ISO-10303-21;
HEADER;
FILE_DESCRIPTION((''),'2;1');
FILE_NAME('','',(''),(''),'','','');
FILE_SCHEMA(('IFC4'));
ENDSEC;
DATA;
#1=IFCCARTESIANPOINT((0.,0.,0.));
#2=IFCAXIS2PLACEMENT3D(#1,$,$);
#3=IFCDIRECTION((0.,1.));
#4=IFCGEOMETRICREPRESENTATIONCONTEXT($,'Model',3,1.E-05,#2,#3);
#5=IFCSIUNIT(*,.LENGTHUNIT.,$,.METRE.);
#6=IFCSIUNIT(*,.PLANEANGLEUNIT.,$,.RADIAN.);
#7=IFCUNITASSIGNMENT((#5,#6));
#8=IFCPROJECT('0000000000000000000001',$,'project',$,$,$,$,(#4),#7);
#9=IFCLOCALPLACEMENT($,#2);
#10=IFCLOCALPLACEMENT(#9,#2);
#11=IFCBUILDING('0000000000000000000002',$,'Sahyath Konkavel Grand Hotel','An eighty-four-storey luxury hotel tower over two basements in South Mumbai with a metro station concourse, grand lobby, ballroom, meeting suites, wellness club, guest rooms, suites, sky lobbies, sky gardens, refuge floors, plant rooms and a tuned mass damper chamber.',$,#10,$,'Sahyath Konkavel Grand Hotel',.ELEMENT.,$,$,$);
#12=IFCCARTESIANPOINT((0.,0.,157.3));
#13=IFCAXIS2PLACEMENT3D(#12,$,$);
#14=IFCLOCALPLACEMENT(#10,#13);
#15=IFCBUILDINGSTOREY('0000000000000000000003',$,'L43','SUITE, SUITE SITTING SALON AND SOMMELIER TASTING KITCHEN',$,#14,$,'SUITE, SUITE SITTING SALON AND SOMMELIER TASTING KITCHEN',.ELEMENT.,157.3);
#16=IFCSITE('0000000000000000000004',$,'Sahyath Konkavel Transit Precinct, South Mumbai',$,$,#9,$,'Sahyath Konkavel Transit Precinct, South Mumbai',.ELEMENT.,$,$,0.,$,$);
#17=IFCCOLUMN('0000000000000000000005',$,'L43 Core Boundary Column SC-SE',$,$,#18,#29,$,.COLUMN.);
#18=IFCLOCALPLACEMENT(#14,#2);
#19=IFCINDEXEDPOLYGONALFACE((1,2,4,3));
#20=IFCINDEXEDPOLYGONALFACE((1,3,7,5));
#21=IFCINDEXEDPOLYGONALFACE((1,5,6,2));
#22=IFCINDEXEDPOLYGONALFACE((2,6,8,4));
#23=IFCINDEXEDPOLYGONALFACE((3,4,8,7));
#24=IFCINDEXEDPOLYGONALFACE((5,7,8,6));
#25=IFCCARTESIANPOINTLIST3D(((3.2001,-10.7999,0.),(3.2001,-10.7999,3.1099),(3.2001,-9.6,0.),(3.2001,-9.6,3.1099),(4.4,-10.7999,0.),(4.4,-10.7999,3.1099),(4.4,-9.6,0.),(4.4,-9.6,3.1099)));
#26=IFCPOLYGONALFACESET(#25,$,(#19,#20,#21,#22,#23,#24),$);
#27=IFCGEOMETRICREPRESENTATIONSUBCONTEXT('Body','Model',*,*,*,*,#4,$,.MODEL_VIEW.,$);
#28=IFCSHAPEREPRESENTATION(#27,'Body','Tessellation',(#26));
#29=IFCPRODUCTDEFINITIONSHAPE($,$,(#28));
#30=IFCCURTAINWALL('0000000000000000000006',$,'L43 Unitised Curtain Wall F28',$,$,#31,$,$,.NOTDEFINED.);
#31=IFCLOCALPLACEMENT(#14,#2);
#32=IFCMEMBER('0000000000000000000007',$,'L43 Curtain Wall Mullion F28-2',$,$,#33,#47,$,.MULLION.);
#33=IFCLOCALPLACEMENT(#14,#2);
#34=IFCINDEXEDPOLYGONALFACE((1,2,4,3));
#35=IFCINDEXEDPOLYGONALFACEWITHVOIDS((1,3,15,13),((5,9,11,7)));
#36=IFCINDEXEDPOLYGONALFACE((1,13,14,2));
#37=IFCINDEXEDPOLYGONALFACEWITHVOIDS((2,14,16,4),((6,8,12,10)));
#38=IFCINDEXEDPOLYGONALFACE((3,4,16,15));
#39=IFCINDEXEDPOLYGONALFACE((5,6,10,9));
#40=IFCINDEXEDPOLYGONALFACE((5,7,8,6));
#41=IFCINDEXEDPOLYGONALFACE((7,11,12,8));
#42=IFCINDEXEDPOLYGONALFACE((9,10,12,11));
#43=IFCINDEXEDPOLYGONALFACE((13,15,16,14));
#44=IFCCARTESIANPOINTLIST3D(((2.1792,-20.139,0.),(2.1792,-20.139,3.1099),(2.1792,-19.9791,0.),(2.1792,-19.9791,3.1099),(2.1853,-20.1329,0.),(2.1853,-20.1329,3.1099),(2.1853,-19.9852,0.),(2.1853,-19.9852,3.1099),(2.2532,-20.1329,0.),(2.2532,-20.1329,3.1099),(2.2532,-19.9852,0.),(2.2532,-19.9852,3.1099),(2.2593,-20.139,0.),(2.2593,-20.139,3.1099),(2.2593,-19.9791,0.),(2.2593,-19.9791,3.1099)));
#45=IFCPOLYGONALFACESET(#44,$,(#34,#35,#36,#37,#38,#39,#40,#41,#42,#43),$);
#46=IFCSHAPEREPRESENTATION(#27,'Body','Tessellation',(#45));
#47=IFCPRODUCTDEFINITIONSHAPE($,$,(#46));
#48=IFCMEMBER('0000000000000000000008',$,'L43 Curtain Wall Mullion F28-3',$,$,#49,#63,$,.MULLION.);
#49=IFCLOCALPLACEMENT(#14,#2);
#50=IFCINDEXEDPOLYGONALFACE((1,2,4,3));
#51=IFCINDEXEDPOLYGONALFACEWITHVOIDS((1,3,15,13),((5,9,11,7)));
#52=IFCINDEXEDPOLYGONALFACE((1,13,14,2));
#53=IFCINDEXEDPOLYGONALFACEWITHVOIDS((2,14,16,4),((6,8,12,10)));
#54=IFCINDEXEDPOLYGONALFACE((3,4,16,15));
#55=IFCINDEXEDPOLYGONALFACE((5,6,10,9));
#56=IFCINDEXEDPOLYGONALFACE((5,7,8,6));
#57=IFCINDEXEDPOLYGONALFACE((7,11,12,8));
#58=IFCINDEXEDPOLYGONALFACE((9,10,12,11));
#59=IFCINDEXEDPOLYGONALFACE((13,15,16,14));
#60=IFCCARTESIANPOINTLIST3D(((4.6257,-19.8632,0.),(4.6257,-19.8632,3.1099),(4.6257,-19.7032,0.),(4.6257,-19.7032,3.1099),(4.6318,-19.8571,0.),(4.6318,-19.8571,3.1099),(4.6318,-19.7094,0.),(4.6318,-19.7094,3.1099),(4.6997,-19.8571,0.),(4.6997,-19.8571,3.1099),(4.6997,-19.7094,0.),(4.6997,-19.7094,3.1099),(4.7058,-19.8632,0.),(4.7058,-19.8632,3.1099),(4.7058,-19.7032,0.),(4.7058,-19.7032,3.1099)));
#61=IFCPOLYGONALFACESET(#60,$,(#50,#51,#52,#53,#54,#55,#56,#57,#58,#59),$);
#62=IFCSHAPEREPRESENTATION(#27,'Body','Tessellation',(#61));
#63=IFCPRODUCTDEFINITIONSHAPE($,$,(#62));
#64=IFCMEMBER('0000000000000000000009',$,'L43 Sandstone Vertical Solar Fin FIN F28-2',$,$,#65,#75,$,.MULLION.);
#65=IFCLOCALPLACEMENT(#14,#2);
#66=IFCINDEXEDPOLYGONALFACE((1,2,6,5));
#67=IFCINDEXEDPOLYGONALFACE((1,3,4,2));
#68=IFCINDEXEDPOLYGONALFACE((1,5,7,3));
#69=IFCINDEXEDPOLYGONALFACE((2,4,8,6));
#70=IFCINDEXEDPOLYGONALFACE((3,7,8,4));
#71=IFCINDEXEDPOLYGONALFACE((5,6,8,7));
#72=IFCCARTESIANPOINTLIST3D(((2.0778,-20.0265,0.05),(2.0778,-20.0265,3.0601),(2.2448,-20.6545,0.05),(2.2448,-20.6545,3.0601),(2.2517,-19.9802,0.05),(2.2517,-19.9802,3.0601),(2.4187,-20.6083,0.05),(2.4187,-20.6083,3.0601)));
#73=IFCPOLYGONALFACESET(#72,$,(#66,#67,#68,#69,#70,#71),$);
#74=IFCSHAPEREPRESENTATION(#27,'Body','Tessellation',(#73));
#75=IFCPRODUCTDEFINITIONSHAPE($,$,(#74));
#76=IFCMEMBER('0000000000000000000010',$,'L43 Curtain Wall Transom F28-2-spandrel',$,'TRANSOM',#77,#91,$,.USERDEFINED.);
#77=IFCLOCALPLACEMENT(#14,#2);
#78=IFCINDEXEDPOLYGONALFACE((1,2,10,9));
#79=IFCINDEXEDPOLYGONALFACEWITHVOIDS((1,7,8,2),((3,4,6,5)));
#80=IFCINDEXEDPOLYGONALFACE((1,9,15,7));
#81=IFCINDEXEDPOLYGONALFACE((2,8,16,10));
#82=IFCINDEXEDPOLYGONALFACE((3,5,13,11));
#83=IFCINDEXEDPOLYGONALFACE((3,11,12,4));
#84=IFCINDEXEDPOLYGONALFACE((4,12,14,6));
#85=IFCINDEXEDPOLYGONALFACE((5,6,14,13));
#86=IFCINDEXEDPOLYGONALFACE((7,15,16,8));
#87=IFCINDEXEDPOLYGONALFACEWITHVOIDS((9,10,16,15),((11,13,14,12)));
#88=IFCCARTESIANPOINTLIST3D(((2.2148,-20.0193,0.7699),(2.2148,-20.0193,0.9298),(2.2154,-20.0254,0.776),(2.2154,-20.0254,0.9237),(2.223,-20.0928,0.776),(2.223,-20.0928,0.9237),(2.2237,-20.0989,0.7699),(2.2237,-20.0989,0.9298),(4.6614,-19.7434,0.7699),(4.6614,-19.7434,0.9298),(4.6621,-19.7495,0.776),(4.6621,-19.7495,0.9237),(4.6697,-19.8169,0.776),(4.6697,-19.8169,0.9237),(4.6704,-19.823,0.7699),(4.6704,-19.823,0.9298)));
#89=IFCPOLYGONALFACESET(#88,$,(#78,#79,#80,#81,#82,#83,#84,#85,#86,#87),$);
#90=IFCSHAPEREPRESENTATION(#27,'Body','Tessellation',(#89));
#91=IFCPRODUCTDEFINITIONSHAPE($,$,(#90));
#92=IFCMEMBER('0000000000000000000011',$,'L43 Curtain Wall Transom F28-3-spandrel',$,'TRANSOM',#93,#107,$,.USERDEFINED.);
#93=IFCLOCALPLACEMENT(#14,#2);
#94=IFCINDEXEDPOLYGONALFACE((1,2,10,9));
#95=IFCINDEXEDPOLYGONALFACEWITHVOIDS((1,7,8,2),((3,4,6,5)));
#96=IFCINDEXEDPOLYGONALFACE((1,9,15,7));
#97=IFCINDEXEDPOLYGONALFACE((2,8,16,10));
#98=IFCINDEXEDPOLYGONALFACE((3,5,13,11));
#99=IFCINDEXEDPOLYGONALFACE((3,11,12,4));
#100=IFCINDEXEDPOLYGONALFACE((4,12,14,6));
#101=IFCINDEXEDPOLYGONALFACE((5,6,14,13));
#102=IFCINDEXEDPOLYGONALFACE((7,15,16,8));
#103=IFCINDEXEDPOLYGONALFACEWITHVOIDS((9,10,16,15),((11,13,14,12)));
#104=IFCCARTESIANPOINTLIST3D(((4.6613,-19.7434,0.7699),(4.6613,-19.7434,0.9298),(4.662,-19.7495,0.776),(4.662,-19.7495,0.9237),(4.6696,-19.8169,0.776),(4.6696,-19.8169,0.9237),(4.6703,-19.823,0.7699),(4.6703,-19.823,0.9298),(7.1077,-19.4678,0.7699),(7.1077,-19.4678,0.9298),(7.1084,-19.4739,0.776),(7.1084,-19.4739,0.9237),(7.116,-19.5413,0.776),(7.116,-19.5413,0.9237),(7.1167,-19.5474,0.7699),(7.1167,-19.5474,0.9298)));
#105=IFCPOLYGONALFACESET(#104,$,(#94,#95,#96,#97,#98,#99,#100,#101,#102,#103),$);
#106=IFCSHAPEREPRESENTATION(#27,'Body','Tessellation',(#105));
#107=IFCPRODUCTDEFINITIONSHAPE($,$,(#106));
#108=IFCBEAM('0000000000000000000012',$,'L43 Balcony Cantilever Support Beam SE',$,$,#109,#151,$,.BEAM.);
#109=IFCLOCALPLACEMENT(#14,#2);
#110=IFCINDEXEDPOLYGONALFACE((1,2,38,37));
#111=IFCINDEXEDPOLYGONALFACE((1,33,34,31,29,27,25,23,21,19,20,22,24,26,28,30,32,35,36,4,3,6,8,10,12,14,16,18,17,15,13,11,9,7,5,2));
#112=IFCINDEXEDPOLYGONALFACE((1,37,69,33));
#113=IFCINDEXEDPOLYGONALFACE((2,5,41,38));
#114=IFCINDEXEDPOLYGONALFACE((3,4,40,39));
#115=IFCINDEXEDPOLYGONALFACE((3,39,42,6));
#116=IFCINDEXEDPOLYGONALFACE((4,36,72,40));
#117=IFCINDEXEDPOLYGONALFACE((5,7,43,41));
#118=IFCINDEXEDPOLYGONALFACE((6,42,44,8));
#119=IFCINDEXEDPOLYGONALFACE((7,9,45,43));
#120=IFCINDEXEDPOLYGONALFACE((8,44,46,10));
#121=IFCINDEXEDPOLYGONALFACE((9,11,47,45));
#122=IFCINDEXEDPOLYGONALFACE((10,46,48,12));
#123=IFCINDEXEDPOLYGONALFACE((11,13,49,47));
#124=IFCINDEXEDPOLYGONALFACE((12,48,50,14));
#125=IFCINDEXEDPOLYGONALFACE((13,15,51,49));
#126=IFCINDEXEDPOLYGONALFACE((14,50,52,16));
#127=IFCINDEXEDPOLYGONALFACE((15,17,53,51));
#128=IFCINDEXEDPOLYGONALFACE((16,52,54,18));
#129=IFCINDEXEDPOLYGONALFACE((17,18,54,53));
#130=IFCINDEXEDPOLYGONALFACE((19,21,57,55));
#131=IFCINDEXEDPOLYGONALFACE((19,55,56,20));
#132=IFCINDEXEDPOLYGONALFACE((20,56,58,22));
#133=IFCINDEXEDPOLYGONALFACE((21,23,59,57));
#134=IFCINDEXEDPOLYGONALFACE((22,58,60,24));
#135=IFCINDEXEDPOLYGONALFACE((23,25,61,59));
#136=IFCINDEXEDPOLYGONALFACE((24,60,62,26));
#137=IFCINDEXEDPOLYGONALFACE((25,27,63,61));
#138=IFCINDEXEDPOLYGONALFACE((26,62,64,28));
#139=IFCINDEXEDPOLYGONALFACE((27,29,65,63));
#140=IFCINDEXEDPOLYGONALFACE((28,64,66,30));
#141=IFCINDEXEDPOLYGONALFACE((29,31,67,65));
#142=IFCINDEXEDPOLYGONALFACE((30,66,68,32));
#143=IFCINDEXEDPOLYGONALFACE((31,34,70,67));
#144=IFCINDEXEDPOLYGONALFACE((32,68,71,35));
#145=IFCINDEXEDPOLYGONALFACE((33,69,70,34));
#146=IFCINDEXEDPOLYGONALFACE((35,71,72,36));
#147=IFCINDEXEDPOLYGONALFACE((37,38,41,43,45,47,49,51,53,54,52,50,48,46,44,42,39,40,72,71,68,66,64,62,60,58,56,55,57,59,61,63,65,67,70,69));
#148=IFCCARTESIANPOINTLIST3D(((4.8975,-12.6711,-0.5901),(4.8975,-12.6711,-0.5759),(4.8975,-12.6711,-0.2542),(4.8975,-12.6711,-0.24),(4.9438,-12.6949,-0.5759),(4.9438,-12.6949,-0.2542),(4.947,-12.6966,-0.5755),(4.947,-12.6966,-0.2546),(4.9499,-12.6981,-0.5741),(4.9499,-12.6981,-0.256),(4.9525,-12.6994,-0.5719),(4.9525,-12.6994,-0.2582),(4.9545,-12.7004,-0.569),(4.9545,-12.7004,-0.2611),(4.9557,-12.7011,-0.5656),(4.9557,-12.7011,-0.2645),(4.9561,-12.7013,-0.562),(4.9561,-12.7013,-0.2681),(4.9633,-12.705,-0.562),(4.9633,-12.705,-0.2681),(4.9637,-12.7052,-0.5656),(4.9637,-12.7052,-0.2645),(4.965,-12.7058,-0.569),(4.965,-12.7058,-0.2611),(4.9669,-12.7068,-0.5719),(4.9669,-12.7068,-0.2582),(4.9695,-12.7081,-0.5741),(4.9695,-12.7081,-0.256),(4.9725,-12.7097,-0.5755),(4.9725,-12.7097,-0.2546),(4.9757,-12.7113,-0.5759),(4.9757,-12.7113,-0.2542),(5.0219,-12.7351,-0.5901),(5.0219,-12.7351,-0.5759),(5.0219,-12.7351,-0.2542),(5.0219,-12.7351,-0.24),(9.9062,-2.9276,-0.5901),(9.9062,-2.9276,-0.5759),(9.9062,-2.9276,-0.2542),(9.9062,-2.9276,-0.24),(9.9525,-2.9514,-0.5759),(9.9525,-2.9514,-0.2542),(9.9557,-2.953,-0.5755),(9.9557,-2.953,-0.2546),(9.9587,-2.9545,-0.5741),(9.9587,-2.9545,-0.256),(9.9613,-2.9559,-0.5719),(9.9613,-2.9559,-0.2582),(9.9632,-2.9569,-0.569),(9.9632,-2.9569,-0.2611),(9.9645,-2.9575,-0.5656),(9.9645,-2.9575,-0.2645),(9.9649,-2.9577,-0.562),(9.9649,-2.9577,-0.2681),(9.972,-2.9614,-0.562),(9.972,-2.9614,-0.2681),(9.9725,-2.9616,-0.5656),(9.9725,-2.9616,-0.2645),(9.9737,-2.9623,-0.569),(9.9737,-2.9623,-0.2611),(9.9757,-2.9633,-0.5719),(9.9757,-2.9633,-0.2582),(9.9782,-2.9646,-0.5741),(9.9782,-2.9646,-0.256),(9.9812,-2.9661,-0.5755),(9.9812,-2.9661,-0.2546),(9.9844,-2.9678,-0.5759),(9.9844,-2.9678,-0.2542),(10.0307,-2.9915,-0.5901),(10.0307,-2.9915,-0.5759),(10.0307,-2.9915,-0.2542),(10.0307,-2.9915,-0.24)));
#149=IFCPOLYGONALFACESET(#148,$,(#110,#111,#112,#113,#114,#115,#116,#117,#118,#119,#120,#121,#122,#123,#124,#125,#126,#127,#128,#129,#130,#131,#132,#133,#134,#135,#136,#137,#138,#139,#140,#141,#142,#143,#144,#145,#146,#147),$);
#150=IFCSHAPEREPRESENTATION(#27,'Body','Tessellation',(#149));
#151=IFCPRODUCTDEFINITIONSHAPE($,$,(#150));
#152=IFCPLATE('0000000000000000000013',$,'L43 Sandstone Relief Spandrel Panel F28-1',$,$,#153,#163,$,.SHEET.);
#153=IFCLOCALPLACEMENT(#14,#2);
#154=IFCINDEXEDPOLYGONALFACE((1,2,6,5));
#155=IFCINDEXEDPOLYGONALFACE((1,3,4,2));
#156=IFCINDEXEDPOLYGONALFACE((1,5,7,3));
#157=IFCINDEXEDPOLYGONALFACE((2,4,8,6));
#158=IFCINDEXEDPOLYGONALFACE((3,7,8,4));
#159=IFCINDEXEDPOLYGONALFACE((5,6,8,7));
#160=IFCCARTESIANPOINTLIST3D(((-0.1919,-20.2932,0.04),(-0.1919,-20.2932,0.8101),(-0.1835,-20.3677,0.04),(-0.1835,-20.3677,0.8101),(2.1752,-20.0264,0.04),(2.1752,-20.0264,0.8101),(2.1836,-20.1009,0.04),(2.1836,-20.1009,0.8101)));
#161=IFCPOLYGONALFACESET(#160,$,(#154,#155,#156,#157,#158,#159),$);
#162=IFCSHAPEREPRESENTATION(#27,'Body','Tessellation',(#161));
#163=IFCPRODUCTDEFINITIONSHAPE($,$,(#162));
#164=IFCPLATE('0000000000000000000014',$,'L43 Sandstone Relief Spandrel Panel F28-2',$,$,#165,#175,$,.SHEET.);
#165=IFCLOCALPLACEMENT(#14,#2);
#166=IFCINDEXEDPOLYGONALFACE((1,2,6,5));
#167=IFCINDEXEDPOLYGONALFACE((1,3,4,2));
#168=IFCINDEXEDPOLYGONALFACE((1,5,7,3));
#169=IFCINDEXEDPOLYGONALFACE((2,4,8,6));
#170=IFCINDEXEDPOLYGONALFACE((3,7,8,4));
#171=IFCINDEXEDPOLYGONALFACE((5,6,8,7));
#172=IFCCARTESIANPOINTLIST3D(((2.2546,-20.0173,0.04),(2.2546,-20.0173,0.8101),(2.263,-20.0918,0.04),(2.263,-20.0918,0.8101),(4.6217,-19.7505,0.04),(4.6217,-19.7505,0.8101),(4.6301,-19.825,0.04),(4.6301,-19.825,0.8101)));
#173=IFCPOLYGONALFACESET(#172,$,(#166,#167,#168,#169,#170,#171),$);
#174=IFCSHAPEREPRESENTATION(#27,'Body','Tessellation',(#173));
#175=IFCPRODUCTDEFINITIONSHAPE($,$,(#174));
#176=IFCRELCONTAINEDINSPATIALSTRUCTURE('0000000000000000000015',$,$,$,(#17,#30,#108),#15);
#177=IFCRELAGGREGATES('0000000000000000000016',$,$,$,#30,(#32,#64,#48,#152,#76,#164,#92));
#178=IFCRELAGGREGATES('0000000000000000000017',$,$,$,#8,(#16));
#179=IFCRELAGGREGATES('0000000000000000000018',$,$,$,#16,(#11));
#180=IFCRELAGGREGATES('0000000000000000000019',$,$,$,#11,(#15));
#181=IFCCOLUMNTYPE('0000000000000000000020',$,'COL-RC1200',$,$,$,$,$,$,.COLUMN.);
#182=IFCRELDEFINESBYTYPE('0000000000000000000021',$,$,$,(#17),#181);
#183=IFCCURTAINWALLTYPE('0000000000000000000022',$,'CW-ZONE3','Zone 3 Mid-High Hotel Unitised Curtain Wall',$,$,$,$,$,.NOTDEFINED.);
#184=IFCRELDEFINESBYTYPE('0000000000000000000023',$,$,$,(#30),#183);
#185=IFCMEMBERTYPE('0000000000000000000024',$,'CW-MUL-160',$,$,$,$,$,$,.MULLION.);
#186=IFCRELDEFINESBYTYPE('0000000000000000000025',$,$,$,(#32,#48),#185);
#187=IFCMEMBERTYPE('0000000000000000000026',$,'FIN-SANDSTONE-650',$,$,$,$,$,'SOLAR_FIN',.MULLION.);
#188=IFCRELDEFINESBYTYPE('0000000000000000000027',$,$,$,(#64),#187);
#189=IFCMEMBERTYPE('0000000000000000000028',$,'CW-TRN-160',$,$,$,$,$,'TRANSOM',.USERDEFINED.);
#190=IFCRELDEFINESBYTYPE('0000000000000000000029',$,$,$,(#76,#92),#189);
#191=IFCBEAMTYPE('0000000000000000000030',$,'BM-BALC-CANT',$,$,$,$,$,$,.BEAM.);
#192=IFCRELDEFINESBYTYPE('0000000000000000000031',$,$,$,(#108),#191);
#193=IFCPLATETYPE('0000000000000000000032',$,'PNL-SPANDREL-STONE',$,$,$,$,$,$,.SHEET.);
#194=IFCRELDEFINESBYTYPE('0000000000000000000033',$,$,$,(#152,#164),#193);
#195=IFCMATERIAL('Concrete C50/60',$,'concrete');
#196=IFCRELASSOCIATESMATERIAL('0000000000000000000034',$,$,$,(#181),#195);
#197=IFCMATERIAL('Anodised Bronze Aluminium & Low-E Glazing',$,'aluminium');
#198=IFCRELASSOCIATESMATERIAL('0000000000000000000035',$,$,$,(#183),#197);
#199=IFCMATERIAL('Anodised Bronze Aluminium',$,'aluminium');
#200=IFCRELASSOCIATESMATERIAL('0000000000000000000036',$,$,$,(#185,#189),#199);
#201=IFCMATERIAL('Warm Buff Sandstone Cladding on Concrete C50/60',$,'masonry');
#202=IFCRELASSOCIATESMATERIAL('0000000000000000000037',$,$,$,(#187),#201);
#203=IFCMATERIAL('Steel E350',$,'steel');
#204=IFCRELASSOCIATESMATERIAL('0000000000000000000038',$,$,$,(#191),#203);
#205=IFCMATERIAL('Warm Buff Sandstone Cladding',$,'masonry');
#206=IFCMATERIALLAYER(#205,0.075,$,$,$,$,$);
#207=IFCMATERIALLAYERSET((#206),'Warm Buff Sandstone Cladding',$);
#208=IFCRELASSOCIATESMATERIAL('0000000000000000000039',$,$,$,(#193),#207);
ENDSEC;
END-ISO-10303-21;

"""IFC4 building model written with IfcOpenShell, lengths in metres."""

from ifc_helpers import new_model, si_unit, direction, frame, origin, origin_2d, place, context, subcontext, project, spatial, rectangle, hollow_rectangle, i_section, extrude, source, transform, mapped, material, layer, layer_set, material_profile, profile_set, type_object, element, aggregate, save


model = new_model("IFC4")

# Units and contexts
model_context = context("Model", 3, precision=1e-05, world=origin(), true_north=direction((0.0, 1.0)))
body_context = subcontext(model_context, "Body", "Model", "MODEL_VIEW")
ifc_project = project(units=[si_unit("LENGTHUNIT", "METRE"), si_unit("PLANEANGLEUNIT", "RADIAN")], contexts=[model_context])

# Site, building, storey
site_placement = place(None, origin())
site = spatial("IfcSite", under=ifc_project, at=site_placement, Name="Sahyath Konkavel Transit Precinct, South Mumbai", LongName="Sahyath Konkavel Transit Precinct, South Mumbai", CompositionType="ELEMENT", RefElevation=0.0)
building_placement = place(site_placement, origin())
building = spatial("IfcBuilding", under=site, at=building_placement, Name="Sahyath Konkavel Grand Hotel", Description="An eighty-four-storey luxury hotel tower over two basements in South Mumbai with a metro station concourse, grand lobby, ballroom, meeting suites, wellness club, guest rooms, suites, sky lobbies, sky gardens, refuge floors, plant rooms and a tuned mass damper chamber.", LongName="Sahyath Konkavel Grand Hotel", CompositionType="ELEMENT")
storey_placement = place(building_placement, frame((0.0, 0.0, 157.3)))
storey = spatial("IfcBuildingStorey", under=building, at=storey_placement, Name="L43", Description="SUITE, SUITE SITTING SALON AND SOMMELIER TASTING KITCHEN", LongName="SUITE, SUITE SITTING SALON AND SOMMELIER TASTING KITCHEN", CompositionType="ELEMENT", Elevation=157.3)

# Column
ifc_material_1 = material(Name="Concrete C50/60", Category="concrete")
ifc_material_profile_1 = material_profile(ifc_material_1, rectangle(XDim=1.2, YDim=1.2, at=origin_2d()), Name="RC 1200x1200")
ifc_profile_set_1 = profile_set([ifc_material_profile_1], Name="Concrete C50/60")
column_type = type_object("IfcColumnType", Name="COL-RC1200", PredefinedType="COLUMN", material=ifc_profile_set_1)
shared_shape_1 = source(origin(), body_context, "Body", "SweptSolid", [
    extrude(rectangle(XDim=1.2, YDim=1.2, at=origin_2d()), origin(), (0.0, 0.0, 1.0), 3.1099),
])
column_placement = place(storey_placement, frame((3.8, -10.2, 0.0), z_axis=(0.0, 0.0, 1.0), x_axis=(1.0, 0.0, 0.0)))
element("IfcColumn", 1, at=column_placement, inside=storey, type_object=column_type, Name="L43 Core Boundary Column SC-SE", PredefinedType="COLUMN", context=body_context, shape_type="MappedRepresentation", body=[
    mapped(shared_shape_1, transform((0.0, 0.0, 0.0), scale=1.0)),
])

# Curtain wall, members
ifc_material_2 = material(Name="Anodised Bronze Aluminium & Low-E Glazing", Category="aluminium")
curtain_wall_type = type_object("IfcCurtainWallType", Name="CW-ZONE3", Description="Zone 3 Mid-High Hotel Unitised Curtain Wall", PredefinedType="NOTDEFINED", material=ifc_material_2)
curtain_wall_placement = place(storey_placement, origin())
curtain_wall = element("IfcCurtainWall", 2, at=curtain_wall_placement, inside=storey, type_object=curtain_wall_type, Name="L43 Unitised Curtain Wall F28", PredefinedType="NOTDEFINED")
ifc_material_3 = material(Name="Anodised Bronze Aluminium", Category="aluminium")
ifc_material_profile_2 = material_profile(ifc_material_3, hollow_rectangle(XDim=0.0801, YDim=0.1599, WallThickness=0.0061, at=origin_2d()), Name="RHS 160x80x6")
ifc_profile_set_2 = profile_set([ifc_material_profile_2], Name="Anodised Bronze Aluminium")
member_type_1 = type_object("IfcMemberType", Name="CW-MUL-160", PredefinedType="MULLION", material=ifc_profile_set_2)
shared_shape_2 = source(origin(), body_context, "Body", "SweptSolid", [
    extrude(hollow_rectangle(XDim=0.0801, YDim=0.1599, WallThickness=0.0061, at=origin_2d()), origin(), (0.0, 0.0, 1.0), 3.1099),
])
member_1_placement = place(storey_placement, frame((2.2192, -20.0591, 0.0), z_axis=(0.0, 0.0, 1.0), x_axis=(1.0, 0.0, 0.0)))
member_1 = element("IfcMember", 3, at=member_1_placement, type_object=member_type_1, Name="L43 Curtain Wall Mullion F28-2", PredefinedType="MULLION", context=body_context, shape_type="MappedRepresentation", body=[
    mapped(shared_shape_2, transform((0.0, 0.0, 0.0), scale=1.0)),
])
member_2_placement = place(storey_placement, frame((4.6658, -19.7832, 0.0), z_axis=(0.0, 0.0, 1.0), x_axis=(1.0, 0.0, 0.0)))
member_2 = element("IfcMember", 4, at=member_2_placement, type_object=member_type_1, Name="L43 Curtain Wall Mullion F28-3", PredefinedType="MULLION", context=body_context, shape_type="MappedRepresentation", body=[
    mapped(shared_shape_2, transform((0.0, 0.0, 0.0), scale=1.0)),
])
ifc_material_4 = material(Name="Warm Buff Sandstone Cladding on Concrete C50/60", Category="masonry")
ifc_material_profile_3 = material_profile(ifc_material_4, rectangle(XDim=0.1799, YDim=0.6499, at=origin_2d()), Name="FIN 180x650")
ifc_profile_set_3 = profile_set([ifc_material_profile_3], Name="Warm Buff Sandstone Cladding on Concrete C50/60")
member_type_2 = type_object("IfcMemberType", Name="FIN-SANDSTONE-650", ElementType="SOLAR_FIN", PredefinedType="MULLION", material=ifc_profile_set_3)
shared_shape_3 = source(origin(), body_context, "Body", "SweptSolid", [
    extrude(rectangle(XDim=0.1799, YDim=0.6499, at=origin_2d()), origin(), (0.0, 0.0, 1.0), 3.01),
])
member_3_placement = place(storey_placement, frame((2.2483, -20.3174, 0.05), z_axis=(0.0, 0.0, 1.0), x_axis=(0.966421, 0.256964, 0.0)))
member_3 = element("IfcMember", 5, at=member_3_placement, type_object=member_type_2, Name="L43 Sandstone Vertical Solar Fin FIN F28-2", PredefinedType="MULLION", context=body_context, shape_type="MappedRepresentation", body=[
    mapped(shared_shape_3, transform((0.0, 0.0, 0.0), scale=1.0)),
])
ifc_material_profile_4 = material_profile(ifc_material_3, hollow_rectangle(XDim=0.0801, YDim=0.1599, WallThickness=0.0061, at=origin_2d()), Name="RHS 160x80x6")
ifc_profile_set_4 = profile_set([ifc_material_profile_4], Name="Anodised Bronze Aluminium")
member_type_3 = type_object("IfcMemberType", Name="CW-TRN-160", ElementType="TRANSOM", PredefinedType="USERDEFINED", material=ifc_profile_set_4)
shared_shape_4 = source(origin(), body_context, "Body", "SweptSolid", [
    extrude(hollow_rectangle(XDim=0.0801, YDim=0.1599, WallThickness=0.0061, at=origin_2d()), origin(), (0.0, 0.0, 1.0), 2.4622),
])
member_4_placement = place(storey_placement, frame((2.2192, -20.0591, 0.8499), z_axis=(0.993702, 0.112053, 0.0), x_axis=(-0.112053, 0.993702, 0.0)))
member_4 = element("IfcMember", 6, at=member_4_placement, type_object=member_type_3, Name="L43 Curtain Wall Transom F28-2-spandrel", ObjectType="TRANSOM", PredefinedType="USERDEFINED", context=body_context, shape_type="MappedRepresentation", body=[
    mapped(shared_shape_4, transform((0.0, 0.0, 0.0), scale=1.0)),
])
shared_shape_5 = source(origin(), body_context, "Body", "SweptSolid", [
    extrude(hollow_rectangle(XDim=0.0801, YDim=0.1599, WallThickness=0.0061, at=origin_2d()), origin(), (0.0, 0.0, 1.0), 2.4619),
])
member_5_placement = place(storey_placement, frame((4.6658, -19.7832, 0.8499), z_axis=(0.993713, 0.111955, 0.0), x_axis=(-0.111955, 0.993713, 0.0)))
member_5 = element("IfcMember", 7, at=member_5_placement, type_object=member_type_3, Name="L43 Curtain Wall Transom F28-3-spandrel", ObjectType="TRANSOM", PredefinedType="USERDEFINED", context=body_context, shape_type="MappedRepresentation", body=[
    mapped(shared_shape_5, transform((0.0, 0.0, 0.0), scale=1.0)),
])

# Beam
ifc_material_5 = material(Name="Steel E350", Category="steel")
ifc_material_profile_5 = material_profile(ifc_material_5, i_section(OverallWidth=0.1399, OverallDepth=0.3501, WebThickness=0.0081, FlangeThickness=0.0142, FilletRadius=0.0139, at=origin_2d()), Name="ISMB 350")
ifc_profile_set_5 = profile_set([ifc_material_profile_5], Name="Steel E350")
beam_type = type_object("IfcBeamType", Name="BM-BALC-CANT", PredefinedType="BEAM", material=ifc_profile_set_5)
shared_shape_6 = source(origin(), body_context, "Body", "SweptSolid", [
    extrude(i_section(OverallWidth=0.1399, OverallDepth=0.3501, WebThickness=0.0081, FlangeThickness=0.0142, FilletRadius=0.0139, at=origin_2d()), origin(), (0.0, 0.0, 1.0), 10.9556),
])
beam_placement = place(storey_placement, frame((4.9597, -12.7031, -0.415), z_axis=(0.457187, 0.889371, 0.0), x_axis=(-0.889371, 0.457187, 0.0)))
element("IfcBeam", 8, at=beam_placement, inside=storey, type_object=beam_type, Name="L43 Balcony Cantilever Support Beam SE", PredefinedType="BEAM", context=body_context, shape_type="MappedRepresentation", body=[
    mapped(shared_shape_6, transform((0.0, 0.0, 0.0), scale=1.0)),
])

# Plates
ifc_material_6 = material(Name="Warm Buff Sandstone Cladding", Category="masonry")
ifc_layer_1 = layer(ifc_material_6, 0.075)
ifc_layer_set_1 = layer_set([ifc_layer_1], Name="Warm Buff Sandstone Cladding")
plate_type_1 = type_object("IfcPlateType", Name="PNL-SPANDREL-STONE", PredefinedType="SHEET", material=ifc_layer_set_1)
shared_shape_7 = source(origin(), body_context, "Body", "SweptSolid", [
    extrude(rectangle(XDim=2.3821, YDim=0.075, at=origin_2d()), origin(), (0.0, 0.0, 1.0), 0.77),
])
plate_1_placement = place(storey_placement, frame((0.9958, -20.197, 0.04), z_axis=(0.0, 0.0, 1.0), x_axis=(0.993707, 0.112007, 0.0)))
plate_1 = element("IfcPlate", 9, at=plate_1_placement, type_object=plate_type_1, Name="L43 Sandstone Relief Spandrel Panel F28-1", PredefinedType="SHEET", context=body_context, shape_type="MappedRepresentation", body=[
    mapped(shared_shape_7, transform((0.0, 0.0, 0.0), scale=1.0)),
])
plate_2_placement = place(storey_placement, frame((3.4424, -19.9211, 0.04), z_axis=(0.0, 0.0, 1.0), x_axis=(0.993707, 0.112007, 0.0)))
plate_2 = element("IfcPlate", 10, at=plate_2_placement, type_object=plate_type_1, Name="L43 Sandstone Relief Spandrel Panel F28-2", PredefinedType="SHEET", context=body_context, shape_type="MappedRepresentation", body=[
    mapped(shared_shape_7, transform((0.0, 0.0, 0.0), scale=1.0)),
])
aggregate(curtain_wall, [member_1, member_3, member_2, plate_1, member_4, plate_2, member_5])

save(model, "model.ifc")
